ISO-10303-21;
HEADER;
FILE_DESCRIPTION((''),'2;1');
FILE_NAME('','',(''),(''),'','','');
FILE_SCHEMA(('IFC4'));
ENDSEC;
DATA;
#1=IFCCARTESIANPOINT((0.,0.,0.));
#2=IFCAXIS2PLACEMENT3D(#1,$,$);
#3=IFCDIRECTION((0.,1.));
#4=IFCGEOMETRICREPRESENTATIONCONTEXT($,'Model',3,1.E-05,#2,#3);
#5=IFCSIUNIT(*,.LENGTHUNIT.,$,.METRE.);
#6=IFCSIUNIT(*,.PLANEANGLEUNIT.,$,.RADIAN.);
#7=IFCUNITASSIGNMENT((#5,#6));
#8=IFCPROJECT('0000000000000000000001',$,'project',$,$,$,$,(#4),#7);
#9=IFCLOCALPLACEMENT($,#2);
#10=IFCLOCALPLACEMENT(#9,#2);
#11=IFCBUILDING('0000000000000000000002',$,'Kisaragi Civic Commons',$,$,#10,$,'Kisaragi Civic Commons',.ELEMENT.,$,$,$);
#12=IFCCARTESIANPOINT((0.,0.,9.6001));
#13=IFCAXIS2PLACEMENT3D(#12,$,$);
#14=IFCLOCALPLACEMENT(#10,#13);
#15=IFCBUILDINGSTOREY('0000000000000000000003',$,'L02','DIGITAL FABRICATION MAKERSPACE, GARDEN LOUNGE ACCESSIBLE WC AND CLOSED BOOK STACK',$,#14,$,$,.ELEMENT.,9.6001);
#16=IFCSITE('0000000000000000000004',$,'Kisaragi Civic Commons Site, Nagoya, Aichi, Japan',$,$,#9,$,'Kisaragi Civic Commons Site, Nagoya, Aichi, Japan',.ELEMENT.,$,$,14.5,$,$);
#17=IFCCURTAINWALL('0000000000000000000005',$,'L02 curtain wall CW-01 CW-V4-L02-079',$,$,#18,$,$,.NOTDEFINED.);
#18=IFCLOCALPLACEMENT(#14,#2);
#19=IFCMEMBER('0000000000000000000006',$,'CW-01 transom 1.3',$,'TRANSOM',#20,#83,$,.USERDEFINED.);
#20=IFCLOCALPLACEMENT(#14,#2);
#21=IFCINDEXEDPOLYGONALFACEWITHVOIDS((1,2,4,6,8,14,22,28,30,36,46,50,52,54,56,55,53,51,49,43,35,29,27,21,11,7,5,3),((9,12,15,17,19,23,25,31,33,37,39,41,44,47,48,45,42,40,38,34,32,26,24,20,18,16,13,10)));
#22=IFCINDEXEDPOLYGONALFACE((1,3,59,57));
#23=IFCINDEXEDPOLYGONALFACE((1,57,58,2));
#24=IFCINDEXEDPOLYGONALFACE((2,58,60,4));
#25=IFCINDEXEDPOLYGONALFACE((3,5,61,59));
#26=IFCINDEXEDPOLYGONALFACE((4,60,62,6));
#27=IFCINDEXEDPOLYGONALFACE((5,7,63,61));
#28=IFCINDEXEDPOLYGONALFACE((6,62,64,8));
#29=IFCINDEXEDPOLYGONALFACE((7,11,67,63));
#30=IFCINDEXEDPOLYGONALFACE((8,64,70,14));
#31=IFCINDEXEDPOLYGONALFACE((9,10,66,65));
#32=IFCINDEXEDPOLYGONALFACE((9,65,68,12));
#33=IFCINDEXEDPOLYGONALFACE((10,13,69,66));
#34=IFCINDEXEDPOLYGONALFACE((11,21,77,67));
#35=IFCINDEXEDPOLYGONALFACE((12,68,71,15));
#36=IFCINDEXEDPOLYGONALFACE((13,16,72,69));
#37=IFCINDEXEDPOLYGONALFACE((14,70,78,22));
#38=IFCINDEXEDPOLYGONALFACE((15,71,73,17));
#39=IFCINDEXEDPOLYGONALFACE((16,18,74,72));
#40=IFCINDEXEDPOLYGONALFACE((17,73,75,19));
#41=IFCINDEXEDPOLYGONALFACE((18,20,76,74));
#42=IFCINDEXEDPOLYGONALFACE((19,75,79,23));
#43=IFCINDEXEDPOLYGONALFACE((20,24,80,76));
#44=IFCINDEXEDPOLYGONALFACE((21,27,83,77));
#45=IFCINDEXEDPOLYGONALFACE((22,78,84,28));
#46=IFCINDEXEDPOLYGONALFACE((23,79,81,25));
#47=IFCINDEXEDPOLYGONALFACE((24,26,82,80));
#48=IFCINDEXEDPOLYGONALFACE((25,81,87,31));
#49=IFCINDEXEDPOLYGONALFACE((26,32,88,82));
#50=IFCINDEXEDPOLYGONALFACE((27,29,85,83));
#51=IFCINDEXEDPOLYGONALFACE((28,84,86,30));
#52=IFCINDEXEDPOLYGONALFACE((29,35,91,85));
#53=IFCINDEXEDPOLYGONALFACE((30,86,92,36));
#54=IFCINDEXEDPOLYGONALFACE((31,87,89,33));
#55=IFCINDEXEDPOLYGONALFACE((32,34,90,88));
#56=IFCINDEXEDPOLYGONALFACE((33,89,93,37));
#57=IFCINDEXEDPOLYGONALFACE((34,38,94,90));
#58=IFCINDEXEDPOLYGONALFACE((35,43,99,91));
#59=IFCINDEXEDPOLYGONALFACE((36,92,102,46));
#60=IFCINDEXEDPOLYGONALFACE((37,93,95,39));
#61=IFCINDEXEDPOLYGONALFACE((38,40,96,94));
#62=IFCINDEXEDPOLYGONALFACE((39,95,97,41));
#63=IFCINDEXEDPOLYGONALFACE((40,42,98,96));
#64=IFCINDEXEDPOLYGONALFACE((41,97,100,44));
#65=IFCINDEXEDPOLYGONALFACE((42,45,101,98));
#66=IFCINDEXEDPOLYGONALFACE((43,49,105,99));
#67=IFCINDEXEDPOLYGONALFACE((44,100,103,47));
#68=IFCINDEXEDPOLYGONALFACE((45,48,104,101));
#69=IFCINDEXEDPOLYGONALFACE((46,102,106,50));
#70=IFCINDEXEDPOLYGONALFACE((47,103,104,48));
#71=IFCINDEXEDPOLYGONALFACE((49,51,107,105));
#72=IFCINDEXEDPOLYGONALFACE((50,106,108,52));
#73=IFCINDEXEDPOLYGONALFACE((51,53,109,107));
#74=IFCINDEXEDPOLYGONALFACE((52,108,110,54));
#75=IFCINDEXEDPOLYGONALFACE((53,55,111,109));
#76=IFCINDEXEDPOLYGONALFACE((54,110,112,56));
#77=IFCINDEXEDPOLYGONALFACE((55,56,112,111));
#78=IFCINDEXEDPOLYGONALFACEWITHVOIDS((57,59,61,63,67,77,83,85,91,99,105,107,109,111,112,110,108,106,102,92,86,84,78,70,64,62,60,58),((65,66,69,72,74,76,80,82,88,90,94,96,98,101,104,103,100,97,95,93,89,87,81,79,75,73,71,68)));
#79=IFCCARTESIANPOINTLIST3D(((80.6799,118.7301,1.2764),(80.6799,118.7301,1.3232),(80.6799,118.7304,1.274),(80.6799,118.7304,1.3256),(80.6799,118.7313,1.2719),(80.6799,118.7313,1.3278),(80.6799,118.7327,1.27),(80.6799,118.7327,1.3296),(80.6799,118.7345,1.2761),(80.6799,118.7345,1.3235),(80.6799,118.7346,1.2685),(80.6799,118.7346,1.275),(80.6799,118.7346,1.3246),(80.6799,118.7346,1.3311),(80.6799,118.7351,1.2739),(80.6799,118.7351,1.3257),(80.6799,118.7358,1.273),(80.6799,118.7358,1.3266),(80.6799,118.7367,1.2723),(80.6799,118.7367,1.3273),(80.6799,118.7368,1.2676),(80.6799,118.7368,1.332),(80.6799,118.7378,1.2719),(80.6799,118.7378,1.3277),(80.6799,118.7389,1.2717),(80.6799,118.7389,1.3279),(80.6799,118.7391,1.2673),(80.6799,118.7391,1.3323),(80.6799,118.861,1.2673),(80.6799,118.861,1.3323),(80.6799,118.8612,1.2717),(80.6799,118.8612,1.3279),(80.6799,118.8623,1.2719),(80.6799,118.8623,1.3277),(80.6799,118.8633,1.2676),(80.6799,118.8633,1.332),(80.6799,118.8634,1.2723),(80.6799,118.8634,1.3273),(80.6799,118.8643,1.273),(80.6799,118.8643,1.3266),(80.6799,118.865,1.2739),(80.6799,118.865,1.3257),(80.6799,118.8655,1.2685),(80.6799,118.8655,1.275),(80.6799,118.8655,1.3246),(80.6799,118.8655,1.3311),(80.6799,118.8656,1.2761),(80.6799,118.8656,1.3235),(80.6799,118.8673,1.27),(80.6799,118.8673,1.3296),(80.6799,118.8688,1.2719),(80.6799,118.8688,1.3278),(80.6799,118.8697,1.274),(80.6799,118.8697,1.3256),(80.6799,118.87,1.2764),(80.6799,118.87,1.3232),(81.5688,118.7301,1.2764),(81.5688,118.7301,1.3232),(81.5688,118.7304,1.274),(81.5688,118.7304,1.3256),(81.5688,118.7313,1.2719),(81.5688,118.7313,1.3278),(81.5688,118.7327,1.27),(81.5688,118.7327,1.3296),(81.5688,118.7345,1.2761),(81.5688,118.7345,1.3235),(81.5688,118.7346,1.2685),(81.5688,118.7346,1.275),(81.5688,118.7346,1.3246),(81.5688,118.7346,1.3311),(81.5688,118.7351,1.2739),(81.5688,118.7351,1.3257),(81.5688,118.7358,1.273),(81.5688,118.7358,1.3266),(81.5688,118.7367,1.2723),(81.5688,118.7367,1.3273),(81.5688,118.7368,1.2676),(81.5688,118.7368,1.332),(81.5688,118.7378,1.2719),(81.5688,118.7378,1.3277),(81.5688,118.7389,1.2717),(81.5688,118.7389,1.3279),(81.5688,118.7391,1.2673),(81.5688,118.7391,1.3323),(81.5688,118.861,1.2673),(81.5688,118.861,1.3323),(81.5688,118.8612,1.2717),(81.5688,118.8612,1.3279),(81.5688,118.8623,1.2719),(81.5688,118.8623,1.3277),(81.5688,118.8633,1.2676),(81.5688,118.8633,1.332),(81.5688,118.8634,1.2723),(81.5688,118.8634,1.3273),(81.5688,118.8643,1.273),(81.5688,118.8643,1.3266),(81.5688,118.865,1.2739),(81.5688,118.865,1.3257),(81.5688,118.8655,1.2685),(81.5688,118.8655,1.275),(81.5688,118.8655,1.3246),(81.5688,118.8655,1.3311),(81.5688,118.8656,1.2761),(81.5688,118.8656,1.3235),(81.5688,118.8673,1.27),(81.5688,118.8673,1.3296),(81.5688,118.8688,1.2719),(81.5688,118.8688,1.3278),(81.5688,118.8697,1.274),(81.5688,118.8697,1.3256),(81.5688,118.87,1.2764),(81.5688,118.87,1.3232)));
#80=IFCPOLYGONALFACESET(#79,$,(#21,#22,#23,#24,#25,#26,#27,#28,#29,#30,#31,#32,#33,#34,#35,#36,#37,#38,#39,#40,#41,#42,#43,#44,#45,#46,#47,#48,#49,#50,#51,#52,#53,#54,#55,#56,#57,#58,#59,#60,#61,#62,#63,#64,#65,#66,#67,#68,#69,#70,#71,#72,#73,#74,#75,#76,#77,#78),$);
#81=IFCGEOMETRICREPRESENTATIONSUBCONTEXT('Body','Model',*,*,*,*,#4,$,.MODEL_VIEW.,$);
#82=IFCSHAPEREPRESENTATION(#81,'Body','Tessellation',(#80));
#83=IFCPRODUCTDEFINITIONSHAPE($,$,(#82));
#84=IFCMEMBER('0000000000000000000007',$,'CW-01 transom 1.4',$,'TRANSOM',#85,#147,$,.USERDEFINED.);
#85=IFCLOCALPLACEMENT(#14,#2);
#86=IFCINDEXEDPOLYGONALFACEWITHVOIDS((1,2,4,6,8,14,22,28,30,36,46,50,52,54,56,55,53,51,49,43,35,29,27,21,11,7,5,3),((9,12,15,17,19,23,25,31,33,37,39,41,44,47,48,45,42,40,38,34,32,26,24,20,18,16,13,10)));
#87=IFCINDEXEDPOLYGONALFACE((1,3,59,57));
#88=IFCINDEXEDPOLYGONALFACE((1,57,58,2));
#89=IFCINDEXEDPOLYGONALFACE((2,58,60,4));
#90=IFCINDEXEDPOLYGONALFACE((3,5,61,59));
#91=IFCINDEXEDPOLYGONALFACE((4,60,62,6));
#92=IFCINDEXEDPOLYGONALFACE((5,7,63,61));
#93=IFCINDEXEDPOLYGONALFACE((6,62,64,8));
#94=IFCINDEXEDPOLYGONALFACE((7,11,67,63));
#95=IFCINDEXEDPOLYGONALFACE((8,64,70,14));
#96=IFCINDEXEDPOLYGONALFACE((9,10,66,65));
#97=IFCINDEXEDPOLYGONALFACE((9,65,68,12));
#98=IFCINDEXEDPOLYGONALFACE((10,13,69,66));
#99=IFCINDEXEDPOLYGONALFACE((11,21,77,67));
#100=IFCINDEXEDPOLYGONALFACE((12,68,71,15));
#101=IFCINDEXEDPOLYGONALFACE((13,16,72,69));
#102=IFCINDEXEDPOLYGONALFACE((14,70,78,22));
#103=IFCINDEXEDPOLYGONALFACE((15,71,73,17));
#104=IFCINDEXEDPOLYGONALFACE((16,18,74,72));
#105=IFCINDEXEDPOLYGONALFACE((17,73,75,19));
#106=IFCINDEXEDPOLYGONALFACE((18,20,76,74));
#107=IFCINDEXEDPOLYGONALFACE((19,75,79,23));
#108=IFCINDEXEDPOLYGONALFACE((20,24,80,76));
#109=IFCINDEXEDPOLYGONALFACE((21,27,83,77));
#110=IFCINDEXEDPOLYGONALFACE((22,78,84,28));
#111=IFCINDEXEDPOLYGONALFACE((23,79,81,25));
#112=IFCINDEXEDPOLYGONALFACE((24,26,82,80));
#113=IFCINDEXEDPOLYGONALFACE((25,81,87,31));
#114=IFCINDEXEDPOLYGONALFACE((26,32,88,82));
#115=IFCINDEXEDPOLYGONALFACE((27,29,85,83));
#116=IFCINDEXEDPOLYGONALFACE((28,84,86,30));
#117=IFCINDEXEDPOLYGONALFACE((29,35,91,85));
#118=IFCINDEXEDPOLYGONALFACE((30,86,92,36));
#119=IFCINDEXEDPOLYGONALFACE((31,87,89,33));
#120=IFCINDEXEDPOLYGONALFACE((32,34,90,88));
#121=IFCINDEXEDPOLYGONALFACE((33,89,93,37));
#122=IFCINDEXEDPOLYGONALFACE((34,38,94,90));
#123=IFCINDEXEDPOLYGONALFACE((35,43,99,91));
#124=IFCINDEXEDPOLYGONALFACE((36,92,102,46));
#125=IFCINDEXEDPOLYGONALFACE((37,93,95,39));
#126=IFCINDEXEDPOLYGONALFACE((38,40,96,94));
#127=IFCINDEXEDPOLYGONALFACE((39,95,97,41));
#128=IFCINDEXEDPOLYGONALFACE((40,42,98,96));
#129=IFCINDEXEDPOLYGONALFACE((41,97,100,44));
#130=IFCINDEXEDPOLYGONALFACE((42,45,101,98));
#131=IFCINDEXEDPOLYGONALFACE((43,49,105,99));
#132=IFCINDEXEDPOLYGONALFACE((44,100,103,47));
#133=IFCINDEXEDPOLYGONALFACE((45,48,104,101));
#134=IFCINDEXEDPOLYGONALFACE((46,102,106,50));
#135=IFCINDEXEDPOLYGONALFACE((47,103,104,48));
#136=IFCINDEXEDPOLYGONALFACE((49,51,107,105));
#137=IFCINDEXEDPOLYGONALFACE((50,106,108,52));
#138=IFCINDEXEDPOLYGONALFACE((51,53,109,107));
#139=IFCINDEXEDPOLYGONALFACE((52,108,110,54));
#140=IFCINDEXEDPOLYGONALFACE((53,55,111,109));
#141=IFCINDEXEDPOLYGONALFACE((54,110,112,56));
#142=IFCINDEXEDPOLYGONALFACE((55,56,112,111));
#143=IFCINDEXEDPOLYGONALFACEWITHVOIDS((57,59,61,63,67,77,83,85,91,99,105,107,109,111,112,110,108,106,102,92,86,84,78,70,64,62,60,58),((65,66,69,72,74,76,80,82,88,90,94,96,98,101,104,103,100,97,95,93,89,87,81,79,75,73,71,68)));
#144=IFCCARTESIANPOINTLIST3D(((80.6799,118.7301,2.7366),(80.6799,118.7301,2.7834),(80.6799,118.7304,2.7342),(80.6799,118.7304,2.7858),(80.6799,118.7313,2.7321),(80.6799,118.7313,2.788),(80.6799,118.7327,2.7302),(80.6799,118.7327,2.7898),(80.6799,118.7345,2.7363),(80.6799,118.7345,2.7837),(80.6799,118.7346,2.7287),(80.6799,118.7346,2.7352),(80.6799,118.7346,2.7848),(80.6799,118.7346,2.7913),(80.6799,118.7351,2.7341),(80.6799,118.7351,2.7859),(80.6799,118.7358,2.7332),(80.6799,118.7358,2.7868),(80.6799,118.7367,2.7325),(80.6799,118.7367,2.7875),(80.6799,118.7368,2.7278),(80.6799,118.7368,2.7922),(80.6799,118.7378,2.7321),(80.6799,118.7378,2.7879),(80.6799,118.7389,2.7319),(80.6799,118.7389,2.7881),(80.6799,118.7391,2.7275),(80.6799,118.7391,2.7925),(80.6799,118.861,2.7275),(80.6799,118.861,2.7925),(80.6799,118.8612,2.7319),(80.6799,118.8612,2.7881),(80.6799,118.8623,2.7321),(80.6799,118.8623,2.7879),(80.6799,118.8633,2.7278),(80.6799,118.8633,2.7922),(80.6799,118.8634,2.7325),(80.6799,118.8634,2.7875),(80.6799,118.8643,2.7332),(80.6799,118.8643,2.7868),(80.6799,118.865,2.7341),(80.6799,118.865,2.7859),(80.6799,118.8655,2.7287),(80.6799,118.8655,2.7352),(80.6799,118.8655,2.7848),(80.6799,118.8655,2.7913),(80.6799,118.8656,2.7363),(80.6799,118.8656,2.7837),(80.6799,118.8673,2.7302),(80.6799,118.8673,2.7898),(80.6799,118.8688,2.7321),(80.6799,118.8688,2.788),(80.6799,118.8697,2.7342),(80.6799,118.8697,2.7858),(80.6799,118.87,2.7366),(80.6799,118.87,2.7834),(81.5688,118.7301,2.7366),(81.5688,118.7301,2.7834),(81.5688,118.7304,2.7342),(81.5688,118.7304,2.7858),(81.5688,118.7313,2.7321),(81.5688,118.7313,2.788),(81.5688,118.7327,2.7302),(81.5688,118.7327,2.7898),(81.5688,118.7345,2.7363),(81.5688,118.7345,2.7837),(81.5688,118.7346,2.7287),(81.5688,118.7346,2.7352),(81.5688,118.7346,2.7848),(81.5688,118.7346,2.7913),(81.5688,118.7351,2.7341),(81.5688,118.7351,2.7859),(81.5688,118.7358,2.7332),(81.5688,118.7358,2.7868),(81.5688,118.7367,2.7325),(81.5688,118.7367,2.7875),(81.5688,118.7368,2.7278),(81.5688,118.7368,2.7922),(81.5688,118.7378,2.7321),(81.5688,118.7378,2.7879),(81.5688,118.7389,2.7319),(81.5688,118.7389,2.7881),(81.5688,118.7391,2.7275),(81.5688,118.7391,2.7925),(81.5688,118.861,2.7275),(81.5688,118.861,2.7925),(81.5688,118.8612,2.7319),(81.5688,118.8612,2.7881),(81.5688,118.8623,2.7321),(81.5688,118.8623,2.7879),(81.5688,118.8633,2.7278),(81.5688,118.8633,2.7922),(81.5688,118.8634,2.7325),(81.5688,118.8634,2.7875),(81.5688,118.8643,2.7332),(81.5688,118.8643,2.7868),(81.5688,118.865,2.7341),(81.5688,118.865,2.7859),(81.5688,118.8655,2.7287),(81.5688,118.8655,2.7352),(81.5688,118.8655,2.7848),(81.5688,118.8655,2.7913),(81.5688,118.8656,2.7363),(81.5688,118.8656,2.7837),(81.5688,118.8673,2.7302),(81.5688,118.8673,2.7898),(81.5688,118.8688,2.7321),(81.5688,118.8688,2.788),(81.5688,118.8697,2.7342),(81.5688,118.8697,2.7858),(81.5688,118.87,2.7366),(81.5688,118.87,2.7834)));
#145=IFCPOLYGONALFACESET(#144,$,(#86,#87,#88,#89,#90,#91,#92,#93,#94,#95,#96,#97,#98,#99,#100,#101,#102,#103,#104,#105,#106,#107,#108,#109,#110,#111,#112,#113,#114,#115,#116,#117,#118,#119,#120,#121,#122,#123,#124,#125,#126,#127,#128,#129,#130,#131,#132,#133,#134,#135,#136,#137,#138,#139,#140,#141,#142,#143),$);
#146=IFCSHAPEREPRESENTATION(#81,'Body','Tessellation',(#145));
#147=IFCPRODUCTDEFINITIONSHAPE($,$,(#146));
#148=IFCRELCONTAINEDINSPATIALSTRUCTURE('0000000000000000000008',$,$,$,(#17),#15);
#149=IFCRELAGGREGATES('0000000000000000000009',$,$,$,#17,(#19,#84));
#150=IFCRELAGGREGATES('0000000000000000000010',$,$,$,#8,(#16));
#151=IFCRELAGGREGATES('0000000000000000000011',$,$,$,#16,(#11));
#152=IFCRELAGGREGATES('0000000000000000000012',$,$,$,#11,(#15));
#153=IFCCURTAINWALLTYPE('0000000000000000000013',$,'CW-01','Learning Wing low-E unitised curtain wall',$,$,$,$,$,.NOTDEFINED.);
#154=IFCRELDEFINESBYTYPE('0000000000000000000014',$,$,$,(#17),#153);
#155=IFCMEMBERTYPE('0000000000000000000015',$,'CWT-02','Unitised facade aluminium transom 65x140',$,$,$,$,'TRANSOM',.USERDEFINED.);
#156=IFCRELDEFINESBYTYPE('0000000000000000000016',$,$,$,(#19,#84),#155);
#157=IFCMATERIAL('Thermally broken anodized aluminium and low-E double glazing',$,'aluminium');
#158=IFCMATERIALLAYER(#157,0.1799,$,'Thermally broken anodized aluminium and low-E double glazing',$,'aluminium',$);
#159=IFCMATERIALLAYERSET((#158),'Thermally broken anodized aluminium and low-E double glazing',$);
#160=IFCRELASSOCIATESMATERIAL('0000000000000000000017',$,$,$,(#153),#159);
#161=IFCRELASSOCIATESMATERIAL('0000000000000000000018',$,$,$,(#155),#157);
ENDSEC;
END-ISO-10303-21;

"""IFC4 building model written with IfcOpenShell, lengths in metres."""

from ifc_helpers import new_model, si_unit, direction, frame, origin, origin_2d, place, context, subcontext, project, spatial, hollow_rectangle, extrude, material, layer, layer_set, material_profile, profile_set, type_object, element, aggregate, save


model = new_model("IFC4")

# Units and contexts
model_context = context("Model", 3, precision=1e-05, world=origin(), true_north=direction((0.0, 1.0)))
body_context = subcontext(model_context, "Body", "Model", "MODEL_VIEW")
ifc_project = project(units=[si_unit("LENGTHUNIT", "METRE"), si_unit("PLANEANGLEUNIT", "RADIAN")], contexts=[model_context])

# Site, building, storey
site_placement = place(None, origin())
site = spatial("IfcSite", under=ifc_project, at=site_placement, Name="Kisaragi Civic Commons Site, Nagoya, Aichi, Japan", LongName="Kisaragi Civic Commons Site, Nagoya, Aichi, Japan", CompositionType="ELEMENT", RefElevation=14.5)
building_placement = place(site_placement, origin())
building = spatial("IfcBuilding", under=site, at=building_placement, Name="Kisaragi Civic Commons", LongName="Kisaragi Civic Commons", CompositionType="ELEMENT")
storey_placement = place(building_placement, frame((0.0, 0.0, 9.6001)))
storey = spatial("IfcBuildingStorey", under=building, at=storey_placement, Name="L02", Description="DIGITAL FABRICATION MAKERSPACE, GARDEN LOUNGE ACCESSIBLE WC AND CLOSED BOOK STACK", CompositionType="ELEMENT", Elevation=9.6001)

# Curtain wall, members
ifc_material_1 = material(Name="Thermally broken anodized aluminium and low-E double glazing", Category="aluminium")
ifc_layer_1 = layer(ifc_material_1, 0.1799, Name="Thermally broken anodized aluminium and low-E double glazing", Category="aluminium")
ifc_layer_set_1 = layer_set([ifc_layer_1], Name="Thermally broken anodized aluminium and low-E double glazing")
curtain_wall_type = type_object("IfcCurtainWallType", Name="CW-01", Description="Learning Wing low-E unitised curtain wall", PredefinedType="NOTDEFINED", material=ifc_layer_set_1)
curtain_wall_placement = place(storey_placement, origin())
curtain_wall = element("IfcCurtainWall", 1, at=curtain_wall_placement, inside=storey, type_object=curtain_wall_type, Name="L02 curtain wall CW-01 CW-V4-L02-079", PredefinedType="NOTDEFINED")
ifc_material_profile_1 = material_profile(ifc_material_1, hollow_rectangle(XDim=0.1399, YDim=0.0649, WallThickness=0.0044, InnerFilletRadius=0.0044, OuterFilletRadius=0.009, at=origin_2d()), Name="CWT-65x140x4.5", Category="aluminium")
ifc_profile_set_1 = profile_set([ifc_material_profile_1], Name="Thermally broken anodized aluminium and low-E double glazing")
member_type_1 = type_object("IfcMemberType", Name="CWT-02", Description="Unitised facade aluminium transom 65x140", ElementType="TRANSOM", PredefinedType="USERDEFINED", material=ifc_profile_set_1)
member_1_placement = place(storey_placement, frame((80.6799, 118.8, 1.2998), z_axis=(1.0, 0.0, 0.0), x_axis=(0.0, 1.0, 0.0)))
member_1 = element("IfcMember", 2, at=member_1_placement, type_object=member_type_1, Name="CW-01 transom 1.3", ObjectType="TRANSOM", PredefinedType="USERDEFINED", context=body_context, shape_type="SweptSolid", body=[
    extrude(hollow_rectangle(XDim=0.1399, YDim=0.0649, WallThickness=0.0044, InnerFilletRadius=0.0044, OuterFilletRadius=0.009, at=origin_2d()), origin(), (0.0, 0.0, 1.0), 0.8889),
])
member_2_placement = place(storey_placement, frame((80.6799, 118.8, 2.76), z_axis=(1.0, 0.0, 0.0), x_axis=(0.0, 1.0, 0.0)))
member_2 = element("IfcMember", 3, at=member_2_placement, type_object=member_type_1, Name="CW-01 transom 1.4", ObjectType="TRANSOM", PredefinedType="USERDEFINED", context=body_context, shape_type="SweptSolid", body=[
    extrude(hollow_rectangle(XDim=0.1399, YDim=0.0649, WallThickness=0.0044, InnerFilletRadius=0.0044, OuterFilletRadius=0.009, at=origin_2d()), origin(), (0.0, 0.0, 1.0), 0.8889),
])
aggregate(curtain_wall, [member_1, member_2])

save(model, "model.ifc")
